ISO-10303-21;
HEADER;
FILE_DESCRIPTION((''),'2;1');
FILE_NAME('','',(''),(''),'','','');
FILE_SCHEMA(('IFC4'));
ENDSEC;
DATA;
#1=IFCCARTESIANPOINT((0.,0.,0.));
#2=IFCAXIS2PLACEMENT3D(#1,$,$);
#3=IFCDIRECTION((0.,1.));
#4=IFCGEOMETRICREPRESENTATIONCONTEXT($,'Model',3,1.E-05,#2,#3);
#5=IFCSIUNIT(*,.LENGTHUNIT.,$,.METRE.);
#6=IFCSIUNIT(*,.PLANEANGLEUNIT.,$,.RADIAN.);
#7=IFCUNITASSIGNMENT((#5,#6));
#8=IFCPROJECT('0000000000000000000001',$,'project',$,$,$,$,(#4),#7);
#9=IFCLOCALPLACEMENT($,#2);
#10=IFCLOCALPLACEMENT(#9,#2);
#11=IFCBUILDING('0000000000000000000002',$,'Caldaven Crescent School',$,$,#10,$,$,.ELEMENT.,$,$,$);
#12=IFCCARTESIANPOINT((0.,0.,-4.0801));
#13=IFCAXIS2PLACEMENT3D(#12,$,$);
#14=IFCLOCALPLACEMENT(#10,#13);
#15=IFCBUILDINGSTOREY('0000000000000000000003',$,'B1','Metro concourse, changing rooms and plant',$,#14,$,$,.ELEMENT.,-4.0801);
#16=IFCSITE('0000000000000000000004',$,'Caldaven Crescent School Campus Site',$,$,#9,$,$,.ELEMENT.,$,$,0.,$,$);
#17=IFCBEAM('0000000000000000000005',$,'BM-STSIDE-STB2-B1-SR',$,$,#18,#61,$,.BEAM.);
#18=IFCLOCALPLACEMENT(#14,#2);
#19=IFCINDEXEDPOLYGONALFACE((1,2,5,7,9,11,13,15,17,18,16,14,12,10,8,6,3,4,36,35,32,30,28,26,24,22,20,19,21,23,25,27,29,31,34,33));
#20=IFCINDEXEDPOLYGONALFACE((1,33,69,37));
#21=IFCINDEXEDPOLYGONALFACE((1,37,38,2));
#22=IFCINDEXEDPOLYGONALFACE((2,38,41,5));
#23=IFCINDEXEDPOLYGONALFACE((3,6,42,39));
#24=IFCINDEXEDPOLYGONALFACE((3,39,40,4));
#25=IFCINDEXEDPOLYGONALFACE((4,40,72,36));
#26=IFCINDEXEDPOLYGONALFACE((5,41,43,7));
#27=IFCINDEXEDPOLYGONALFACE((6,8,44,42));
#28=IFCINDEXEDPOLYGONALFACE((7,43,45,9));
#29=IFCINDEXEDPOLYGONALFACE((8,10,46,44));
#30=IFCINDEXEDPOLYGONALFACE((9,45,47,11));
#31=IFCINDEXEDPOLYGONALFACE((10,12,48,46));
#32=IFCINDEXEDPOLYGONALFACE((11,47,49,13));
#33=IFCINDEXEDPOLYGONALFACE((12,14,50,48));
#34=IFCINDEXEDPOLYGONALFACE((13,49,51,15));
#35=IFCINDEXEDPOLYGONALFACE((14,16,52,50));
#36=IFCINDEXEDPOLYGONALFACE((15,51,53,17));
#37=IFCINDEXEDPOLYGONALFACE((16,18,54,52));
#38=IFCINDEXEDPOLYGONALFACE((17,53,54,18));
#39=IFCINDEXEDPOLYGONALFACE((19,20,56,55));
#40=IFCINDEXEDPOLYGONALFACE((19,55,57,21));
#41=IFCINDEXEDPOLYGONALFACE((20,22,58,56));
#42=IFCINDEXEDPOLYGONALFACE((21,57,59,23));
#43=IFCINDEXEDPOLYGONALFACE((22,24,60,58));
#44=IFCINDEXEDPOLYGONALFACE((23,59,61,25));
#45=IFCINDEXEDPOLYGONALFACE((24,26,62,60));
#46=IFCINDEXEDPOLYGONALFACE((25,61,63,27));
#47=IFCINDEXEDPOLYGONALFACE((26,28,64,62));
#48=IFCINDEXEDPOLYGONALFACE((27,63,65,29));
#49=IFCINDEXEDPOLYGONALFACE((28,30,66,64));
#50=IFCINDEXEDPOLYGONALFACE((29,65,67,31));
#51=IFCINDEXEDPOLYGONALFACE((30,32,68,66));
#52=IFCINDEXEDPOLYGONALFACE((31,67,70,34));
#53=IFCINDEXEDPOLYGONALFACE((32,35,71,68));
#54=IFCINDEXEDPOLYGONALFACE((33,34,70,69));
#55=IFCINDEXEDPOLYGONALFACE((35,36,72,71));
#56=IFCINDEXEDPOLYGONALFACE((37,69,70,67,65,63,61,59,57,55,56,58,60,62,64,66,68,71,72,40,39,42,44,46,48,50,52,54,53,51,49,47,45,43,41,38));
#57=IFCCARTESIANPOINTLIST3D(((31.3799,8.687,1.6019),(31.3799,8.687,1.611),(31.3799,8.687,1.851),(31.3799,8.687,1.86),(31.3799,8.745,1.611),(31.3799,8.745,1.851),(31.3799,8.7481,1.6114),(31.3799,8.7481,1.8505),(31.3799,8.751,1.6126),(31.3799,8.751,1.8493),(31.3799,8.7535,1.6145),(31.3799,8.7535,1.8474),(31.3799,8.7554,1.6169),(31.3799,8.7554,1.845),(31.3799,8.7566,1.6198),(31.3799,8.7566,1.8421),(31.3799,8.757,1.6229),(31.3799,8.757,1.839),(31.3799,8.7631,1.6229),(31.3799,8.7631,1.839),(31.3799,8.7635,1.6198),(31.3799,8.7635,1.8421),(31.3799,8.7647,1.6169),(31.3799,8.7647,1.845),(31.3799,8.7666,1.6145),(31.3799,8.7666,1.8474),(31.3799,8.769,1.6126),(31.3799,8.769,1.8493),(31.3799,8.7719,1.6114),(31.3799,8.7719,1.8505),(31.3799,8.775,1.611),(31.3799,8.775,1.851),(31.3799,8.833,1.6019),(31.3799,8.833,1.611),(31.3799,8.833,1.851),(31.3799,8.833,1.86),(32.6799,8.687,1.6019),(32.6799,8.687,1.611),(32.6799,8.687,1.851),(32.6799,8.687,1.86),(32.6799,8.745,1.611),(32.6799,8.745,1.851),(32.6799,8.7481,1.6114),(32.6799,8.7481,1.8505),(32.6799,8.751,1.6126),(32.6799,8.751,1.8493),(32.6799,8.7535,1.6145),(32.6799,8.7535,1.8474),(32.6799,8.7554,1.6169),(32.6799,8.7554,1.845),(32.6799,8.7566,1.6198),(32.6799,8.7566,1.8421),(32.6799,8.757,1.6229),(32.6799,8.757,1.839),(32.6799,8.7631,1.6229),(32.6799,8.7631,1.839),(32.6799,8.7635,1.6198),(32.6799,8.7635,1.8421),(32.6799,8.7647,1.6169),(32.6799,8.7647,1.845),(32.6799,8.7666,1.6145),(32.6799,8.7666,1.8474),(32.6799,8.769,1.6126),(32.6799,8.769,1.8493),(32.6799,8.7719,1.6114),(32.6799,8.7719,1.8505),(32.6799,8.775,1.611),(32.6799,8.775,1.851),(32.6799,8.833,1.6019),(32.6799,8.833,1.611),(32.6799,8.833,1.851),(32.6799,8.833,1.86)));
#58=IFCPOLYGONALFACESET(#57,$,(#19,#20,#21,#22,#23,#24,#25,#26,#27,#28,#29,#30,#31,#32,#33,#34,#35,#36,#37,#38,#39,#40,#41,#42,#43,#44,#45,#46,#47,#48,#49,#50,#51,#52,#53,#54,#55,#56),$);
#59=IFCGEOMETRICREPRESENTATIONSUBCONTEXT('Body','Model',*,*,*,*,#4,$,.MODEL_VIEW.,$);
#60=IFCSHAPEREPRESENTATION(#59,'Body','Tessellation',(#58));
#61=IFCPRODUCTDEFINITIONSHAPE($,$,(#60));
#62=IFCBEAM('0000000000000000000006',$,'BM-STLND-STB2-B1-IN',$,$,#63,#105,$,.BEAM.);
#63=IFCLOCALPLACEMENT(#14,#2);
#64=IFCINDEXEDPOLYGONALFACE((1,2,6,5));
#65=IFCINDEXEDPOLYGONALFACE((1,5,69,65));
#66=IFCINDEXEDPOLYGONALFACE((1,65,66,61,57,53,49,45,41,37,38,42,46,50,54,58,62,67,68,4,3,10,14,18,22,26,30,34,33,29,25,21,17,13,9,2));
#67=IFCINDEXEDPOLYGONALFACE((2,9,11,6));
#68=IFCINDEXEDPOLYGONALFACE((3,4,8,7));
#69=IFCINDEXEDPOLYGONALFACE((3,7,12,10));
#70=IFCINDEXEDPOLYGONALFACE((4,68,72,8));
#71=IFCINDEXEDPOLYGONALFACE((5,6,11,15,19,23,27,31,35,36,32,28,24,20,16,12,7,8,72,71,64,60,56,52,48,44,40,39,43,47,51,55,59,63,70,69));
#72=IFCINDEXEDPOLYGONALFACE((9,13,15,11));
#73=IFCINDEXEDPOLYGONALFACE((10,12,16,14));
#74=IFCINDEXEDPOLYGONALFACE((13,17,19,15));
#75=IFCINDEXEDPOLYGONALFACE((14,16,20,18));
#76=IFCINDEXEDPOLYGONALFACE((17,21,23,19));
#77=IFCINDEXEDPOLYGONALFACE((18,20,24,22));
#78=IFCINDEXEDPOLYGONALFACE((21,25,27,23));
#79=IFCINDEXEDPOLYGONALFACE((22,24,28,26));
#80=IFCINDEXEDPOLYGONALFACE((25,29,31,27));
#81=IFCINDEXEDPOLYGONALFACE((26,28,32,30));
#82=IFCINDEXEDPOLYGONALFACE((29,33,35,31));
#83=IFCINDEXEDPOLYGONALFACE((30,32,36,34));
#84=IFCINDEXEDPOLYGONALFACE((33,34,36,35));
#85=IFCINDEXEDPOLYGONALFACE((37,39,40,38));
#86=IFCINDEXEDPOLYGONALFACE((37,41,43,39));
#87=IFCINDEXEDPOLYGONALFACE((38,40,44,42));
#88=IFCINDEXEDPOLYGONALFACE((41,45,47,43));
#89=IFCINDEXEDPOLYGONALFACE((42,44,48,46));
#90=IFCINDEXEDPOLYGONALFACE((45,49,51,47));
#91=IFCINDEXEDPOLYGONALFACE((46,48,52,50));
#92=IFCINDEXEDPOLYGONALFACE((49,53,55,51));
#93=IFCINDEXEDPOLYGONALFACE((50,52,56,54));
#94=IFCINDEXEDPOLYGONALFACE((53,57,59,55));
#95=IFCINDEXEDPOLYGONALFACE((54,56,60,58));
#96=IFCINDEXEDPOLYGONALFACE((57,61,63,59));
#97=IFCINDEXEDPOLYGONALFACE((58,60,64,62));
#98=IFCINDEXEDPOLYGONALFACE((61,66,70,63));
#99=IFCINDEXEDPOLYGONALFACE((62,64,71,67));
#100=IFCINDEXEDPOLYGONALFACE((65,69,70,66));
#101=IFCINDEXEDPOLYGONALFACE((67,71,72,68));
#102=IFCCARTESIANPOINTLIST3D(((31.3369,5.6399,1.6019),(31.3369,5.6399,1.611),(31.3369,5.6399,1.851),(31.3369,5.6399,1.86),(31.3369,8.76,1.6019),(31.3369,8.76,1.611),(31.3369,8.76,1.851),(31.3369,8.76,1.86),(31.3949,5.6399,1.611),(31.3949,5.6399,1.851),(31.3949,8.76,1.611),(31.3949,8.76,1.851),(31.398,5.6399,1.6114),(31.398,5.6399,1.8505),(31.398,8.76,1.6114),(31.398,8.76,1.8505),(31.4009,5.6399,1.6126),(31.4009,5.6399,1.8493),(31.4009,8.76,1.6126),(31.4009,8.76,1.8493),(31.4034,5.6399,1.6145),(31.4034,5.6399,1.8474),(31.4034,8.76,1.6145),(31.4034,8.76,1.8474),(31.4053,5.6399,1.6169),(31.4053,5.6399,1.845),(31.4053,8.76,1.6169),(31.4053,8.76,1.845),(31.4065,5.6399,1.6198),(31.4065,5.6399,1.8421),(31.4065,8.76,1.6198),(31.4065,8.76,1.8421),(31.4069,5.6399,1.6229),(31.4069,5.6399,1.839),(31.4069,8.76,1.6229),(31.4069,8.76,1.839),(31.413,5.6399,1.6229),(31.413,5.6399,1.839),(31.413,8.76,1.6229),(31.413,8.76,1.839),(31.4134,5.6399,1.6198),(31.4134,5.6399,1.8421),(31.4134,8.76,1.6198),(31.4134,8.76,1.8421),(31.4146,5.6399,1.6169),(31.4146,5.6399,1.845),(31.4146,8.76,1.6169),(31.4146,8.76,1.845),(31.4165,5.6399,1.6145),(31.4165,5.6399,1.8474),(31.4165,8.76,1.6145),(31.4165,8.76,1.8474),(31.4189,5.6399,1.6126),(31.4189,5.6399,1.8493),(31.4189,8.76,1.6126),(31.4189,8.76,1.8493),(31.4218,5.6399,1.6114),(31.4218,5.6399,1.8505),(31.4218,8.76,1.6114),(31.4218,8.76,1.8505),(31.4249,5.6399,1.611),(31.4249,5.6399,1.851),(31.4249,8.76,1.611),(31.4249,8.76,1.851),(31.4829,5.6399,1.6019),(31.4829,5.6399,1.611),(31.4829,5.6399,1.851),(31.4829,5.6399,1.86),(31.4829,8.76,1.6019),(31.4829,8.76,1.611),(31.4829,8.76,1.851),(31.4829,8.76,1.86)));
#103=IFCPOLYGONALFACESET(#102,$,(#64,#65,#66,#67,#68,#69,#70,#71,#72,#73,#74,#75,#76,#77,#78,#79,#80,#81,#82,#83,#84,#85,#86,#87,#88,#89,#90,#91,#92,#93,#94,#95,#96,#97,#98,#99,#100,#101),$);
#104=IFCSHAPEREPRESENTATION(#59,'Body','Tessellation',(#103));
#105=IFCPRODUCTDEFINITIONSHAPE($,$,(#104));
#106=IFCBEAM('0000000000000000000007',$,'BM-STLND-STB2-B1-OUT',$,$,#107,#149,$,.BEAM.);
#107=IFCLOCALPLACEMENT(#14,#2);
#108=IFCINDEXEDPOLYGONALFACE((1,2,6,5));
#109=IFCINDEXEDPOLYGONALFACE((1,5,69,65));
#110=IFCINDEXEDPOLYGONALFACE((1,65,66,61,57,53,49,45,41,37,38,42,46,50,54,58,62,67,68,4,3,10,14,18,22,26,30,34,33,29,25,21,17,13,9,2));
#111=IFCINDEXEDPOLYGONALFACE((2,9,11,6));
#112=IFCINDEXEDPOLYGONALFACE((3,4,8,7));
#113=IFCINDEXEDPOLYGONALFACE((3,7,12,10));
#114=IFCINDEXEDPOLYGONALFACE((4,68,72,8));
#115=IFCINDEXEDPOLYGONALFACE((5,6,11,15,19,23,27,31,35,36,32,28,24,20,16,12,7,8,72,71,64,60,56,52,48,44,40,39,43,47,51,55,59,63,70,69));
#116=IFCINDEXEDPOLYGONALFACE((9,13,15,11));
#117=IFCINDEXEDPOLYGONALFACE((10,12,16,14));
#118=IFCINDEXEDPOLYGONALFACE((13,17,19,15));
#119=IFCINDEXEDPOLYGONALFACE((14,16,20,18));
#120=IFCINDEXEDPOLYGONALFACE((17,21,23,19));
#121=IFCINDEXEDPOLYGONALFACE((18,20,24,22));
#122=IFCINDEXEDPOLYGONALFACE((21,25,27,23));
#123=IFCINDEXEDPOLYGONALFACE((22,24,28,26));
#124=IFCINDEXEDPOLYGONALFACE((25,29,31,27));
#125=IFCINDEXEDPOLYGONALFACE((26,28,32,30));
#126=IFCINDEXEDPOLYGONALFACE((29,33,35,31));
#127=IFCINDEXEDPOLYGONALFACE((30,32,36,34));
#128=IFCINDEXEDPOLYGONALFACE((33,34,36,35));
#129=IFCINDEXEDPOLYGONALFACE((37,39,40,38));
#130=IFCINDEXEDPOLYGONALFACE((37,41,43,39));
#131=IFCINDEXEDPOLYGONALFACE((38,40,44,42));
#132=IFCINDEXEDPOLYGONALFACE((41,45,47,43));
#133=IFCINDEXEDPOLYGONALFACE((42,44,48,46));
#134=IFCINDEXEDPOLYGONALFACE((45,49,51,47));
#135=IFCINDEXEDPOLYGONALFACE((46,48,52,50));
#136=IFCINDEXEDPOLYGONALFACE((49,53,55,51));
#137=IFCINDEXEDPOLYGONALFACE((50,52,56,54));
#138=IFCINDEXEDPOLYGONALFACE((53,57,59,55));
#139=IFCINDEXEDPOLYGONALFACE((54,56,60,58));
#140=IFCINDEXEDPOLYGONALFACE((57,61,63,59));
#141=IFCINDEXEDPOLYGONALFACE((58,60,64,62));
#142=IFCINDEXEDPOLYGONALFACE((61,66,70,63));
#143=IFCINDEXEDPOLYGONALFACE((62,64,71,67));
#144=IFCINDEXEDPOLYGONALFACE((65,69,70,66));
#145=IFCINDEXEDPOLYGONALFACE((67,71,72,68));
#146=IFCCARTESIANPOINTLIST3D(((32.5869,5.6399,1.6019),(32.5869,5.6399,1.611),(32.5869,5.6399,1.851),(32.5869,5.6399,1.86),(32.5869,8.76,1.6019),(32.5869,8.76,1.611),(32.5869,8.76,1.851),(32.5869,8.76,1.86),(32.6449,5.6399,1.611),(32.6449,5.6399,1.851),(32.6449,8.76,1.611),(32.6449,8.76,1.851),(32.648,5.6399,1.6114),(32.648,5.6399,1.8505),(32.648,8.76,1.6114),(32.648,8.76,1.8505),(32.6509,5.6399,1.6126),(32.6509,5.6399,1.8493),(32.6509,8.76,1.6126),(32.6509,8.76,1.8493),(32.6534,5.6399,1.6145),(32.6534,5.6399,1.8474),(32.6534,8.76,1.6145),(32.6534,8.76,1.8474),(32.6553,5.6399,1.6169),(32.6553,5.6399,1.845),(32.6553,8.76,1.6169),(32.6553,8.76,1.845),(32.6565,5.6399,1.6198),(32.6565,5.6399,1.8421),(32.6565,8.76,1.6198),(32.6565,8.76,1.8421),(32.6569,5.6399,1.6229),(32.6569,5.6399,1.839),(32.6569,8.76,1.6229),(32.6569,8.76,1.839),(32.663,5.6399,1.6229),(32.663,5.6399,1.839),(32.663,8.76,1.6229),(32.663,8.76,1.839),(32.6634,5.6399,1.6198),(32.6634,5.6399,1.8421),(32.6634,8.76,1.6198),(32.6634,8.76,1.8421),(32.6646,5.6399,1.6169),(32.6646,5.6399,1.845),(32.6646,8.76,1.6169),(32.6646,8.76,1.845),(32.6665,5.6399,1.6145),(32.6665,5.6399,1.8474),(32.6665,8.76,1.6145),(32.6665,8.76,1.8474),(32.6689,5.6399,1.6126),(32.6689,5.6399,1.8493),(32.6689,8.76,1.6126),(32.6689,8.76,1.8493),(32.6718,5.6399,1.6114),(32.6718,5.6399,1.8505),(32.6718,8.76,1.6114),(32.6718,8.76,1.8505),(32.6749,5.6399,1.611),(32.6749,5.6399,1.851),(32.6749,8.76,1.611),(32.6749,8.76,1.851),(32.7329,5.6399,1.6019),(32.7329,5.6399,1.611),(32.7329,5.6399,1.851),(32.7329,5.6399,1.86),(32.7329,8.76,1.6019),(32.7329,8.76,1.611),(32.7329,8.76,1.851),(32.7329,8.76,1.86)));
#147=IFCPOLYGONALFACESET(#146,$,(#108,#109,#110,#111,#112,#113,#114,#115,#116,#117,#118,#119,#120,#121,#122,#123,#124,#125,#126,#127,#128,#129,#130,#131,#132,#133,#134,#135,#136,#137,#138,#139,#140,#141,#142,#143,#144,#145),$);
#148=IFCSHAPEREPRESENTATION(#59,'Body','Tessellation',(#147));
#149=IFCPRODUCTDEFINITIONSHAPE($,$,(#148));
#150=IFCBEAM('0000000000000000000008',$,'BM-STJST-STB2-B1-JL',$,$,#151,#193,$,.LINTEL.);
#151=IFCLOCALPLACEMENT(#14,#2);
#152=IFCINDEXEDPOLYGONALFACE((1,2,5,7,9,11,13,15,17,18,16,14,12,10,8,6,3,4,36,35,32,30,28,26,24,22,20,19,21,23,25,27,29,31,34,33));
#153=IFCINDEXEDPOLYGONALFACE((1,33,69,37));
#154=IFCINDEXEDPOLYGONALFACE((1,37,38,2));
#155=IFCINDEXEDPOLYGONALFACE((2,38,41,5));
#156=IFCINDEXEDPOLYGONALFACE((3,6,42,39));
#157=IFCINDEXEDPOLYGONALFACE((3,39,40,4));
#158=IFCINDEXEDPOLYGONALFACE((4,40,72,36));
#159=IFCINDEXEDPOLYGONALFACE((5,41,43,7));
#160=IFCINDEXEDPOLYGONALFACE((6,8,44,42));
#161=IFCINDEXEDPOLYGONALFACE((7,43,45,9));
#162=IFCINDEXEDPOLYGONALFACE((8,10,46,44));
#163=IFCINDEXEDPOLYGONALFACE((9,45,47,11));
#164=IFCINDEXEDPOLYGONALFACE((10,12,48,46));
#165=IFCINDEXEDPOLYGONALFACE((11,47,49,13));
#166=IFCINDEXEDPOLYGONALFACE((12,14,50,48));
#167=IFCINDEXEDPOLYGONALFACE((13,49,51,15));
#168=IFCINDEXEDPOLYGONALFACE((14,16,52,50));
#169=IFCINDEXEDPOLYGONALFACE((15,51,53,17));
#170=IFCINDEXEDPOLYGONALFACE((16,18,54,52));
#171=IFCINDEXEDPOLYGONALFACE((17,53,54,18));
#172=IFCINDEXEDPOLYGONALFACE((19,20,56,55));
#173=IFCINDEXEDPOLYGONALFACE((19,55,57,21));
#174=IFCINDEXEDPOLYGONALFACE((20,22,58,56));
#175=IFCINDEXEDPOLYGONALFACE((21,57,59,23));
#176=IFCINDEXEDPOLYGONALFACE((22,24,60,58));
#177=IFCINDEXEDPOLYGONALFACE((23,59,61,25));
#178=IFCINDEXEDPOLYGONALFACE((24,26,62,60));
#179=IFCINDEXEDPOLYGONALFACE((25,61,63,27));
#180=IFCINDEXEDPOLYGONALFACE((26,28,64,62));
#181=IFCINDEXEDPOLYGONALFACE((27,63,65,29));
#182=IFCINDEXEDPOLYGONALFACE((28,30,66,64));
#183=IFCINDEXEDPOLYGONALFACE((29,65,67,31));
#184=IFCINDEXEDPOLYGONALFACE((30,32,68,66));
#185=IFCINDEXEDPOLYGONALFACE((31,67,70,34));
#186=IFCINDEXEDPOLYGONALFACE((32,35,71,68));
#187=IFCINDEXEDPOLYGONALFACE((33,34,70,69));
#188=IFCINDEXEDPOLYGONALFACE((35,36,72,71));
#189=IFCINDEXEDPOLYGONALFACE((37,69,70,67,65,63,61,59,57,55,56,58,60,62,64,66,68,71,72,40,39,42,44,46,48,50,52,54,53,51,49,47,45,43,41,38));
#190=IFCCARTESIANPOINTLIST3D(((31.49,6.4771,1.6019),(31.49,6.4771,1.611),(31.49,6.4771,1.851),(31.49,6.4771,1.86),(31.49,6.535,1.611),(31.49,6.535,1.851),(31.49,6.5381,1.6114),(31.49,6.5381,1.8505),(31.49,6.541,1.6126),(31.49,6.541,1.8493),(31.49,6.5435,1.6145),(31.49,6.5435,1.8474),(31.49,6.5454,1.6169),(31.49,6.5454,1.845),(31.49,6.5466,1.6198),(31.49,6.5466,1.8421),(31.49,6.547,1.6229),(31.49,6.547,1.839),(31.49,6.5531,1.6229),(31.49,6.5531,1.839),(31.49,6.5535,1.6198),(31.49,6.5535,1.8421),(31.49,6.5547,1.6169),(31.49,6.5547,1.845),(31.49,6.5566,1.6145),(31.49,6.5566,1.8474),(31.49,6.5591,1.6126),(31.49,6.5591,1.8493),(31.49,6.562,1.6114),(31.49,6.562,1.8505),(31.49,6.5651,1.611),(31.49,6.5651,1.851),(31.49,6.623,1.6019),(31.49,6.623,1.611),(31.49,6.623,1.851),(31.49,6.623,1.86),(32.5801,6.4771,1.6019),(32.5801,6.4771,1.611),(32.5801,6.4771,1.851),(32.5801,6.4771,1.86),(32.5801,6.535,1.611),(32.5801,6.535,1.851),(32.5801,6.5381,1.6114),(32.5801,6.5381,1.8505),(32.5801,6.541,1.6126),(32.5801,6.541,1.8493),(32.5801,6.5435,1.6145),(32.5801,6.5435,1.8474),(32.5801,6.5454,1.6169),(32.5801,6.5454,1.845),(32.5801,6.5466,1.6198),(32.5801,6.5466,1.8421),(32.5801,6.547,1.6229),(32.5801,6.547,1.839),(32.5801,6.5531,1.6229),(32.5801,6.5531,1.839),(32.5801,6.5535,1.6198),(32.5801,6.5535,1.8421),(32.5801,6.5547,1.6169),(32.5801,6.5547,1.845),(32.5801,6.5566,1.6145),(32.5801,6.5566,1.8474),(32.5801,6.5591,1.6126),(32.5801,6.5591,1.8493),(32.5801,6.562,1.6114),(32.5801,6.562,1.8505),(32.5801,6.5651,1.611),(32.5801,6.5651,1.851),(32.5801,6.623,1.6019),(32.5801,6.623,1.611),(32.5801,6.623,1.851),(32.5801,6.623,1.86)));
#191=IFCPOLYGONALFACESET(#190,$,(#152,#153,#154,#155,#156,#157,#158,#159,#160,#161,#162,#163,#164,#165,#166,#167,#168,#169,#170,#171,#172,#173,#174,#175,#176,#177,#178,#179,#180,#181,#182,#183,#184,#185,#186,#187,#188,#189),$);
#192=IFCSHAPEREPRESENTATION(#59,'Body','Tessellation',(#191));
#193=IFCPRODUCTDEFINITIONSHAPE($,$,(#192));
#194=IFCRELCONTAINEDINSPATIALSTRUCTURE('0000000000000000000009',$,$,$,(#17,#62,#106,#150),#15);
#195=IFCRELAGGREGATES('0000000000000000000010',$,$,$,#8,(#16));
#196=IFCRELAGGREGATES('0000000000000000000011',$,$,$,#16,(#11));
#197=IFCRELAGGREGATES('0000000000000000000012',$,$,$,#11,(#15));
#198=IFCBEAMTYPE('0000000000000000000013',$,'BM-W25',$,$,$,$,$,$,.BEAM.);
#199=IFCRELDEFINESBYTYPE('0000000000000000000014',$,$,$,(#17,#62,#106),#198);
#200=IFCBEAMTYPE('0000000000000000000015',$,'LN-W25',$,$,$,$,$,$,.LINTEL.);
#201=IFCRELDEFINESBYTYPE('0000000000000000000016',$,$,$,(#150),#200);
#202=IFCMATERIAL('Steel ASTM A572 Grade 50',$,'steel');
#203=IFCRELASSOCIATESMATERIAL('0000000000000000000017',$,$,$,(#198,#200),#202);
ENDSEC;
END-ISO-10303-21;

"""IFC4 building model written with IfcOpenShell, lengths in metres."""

from ifc_helpers import new_model, si_unit, direction, frame, origin, origin_2d, place, context, subcontext, project, spatial, i_section, extrude, material, material_profile, profile_set, type_object, element, save


model = new_model("IFC4")

# Units and contexts
model_context = context("Model", 3, precision=1e-05, world=origin(), true_north=direction((0.0, 1.0)))
body_context = subcontext(model_context, "Body", "Model", "MODEL_VIEW")
ifc_project = project(units=[si_unit("LENGTHUNIT", "METRE"), si_unit("PLANEANGLEUNIT", "RADIAN")], contexts=[model_context])

# Site, building, storey
site_placement = place(None, origin())
site = spatial("IfcSite", under=ifc_project, at=site_placement, Name="Caldaven Crescent School Campus Site", CompositionType="ELEMENT", RefElevation=0.0)
building_placement = place(site_placement, origin())
building = spatial("IfcBuilding", under=site, at=building_placement, Name="Caldaven Crescent School", CompositionType="ELEMENT")
storey_placement = place(building_placement, frame((0.0, 0.0, -4.0801)))
storey = spatial("IfcBuildingStorey", under=building, at=storey_placement, Name="B1", Description="Metro concourse, changing rooms and plant", CompositionType="ELEMENT", Elevation=-4.0801)

# Shared definitions
ifc_material_1 = material(Name="Steel ASTM A572 Grade 50", Category="steel")

# Beams
ifc_material_profile_1 = material_profile(ifc_material_1, i_section(OverallWidth=0.146, OverallDepth=0.2581, WebThickness=0.0061, FlangeThickness=0.009, FilletRadius=0.012, at=origin_2d()), Name="W250x33")
ifc_profile_set_1 = profile_set([ifc_material_profile_1], Name="Steel ASTM A572 Grade 50")
beam_type_1 = type_object("IfcBeamType", Name="BM-W25", PredefinedType="BEAM", material=ifc_profile_set_1)
beam_placement = place(storey_placement, frame((31.3799, 8.76, 1.731), z_axis=(1.0, 0.0, 0.0), x_axis=(0.0, 1.0, 0.0)))
element("IfcBeam", 1, at=beam_placement, inside=storey, type_object=beam_type_1, Name="BM-STSIDE-STB2-B1-SR", PredefinedType="BEAM", context=body_context, shape_type="SweptSolid", body=[
    extrude(i_section(OverallWidth=0.146, OverallDepth=0.2581, WebThickness=0.0061, FlangeThickness=0.009, FilletRadius=0.012, at=origin_2d()), origin(), (0.0, 0.0, 1.0), 1.3),
])
for number, where, z_axis, x_axis, name in (
    (2, (31.4099, 5.6399, 1.731), (0.0, 1.0, 0.0), (-1.0, 0.0, 0.0), "BM-STLND-STB2-B1-IN"),
    (3, (32.6599, 5.6399, 1.731), (0.0, 1.0, 0.0), (-1.0, 0.0, 0.0), "BM-STLND-STB2-B1-OUT"),
):
    element("IfcBeam", number, at=place(storey_placement, frame(where, z_axis=z_axis, x_axis=x_axis)), inside=storey, type_object=beam_type_1, Name=name, PredefinedType="BEAM", context=body_context, shape_type="SweptSolid", body=[
        extrude(i_section(OverallWidth=0.146, OverallDepth=0.2581, WebThickness=0.0061, FlangeThickness=0.009, FilletRadius=0.012, at=origin_2d()), origin(), (0.0, 0.0, 1.0), 3.1201),
    ])
ifc_material_profile_2 = material_profile(ifc_material_1, i_section(OverallWidth=0.146, OverallDepth=0.2581, WebThickness=0.0061, FlangeThickness=0.009, FilletRadius=0.012, at=origin_2d()), Name="W250x33")
ifc_profile_set_2 = profile_set([ifc_material_profile_2], Name="Steel ASTM A572 Grade 50")
beam_type_2 = type_object("IfcBeamType", Name="LN-W25", PredefinedType="LINTEL", material=ifc_profile_set_2)
for number, where, z_axis, x_axis, name in (
    (4, (31.49, 6.55, 1.731), (1.0, 0.0, 0.0), (0.0, 1.0, 0.0), "BM-STJST-STB2-B1-JL"),
):
    element("IfcBeam", number, at=place(storey_placement, frame(where, z_axis=z_axis, x_axis=x_axis)), inside=storey, type_object=beam_type_2, Name=name, PredefinedType="LINTEL", context=body_context, shape_type="SweptSolid", body=[
        extrude(i_section(OverallWidth=0.146, OverallDepth=0.2581, WebThickness=0.0061, FlangeThickness=0.009, FilletRadius=0.012, at=origin_2d()), origin(), (0.0, 0.0, 1.0), 1.0901),
    ])

save(model, "model.ifc")
